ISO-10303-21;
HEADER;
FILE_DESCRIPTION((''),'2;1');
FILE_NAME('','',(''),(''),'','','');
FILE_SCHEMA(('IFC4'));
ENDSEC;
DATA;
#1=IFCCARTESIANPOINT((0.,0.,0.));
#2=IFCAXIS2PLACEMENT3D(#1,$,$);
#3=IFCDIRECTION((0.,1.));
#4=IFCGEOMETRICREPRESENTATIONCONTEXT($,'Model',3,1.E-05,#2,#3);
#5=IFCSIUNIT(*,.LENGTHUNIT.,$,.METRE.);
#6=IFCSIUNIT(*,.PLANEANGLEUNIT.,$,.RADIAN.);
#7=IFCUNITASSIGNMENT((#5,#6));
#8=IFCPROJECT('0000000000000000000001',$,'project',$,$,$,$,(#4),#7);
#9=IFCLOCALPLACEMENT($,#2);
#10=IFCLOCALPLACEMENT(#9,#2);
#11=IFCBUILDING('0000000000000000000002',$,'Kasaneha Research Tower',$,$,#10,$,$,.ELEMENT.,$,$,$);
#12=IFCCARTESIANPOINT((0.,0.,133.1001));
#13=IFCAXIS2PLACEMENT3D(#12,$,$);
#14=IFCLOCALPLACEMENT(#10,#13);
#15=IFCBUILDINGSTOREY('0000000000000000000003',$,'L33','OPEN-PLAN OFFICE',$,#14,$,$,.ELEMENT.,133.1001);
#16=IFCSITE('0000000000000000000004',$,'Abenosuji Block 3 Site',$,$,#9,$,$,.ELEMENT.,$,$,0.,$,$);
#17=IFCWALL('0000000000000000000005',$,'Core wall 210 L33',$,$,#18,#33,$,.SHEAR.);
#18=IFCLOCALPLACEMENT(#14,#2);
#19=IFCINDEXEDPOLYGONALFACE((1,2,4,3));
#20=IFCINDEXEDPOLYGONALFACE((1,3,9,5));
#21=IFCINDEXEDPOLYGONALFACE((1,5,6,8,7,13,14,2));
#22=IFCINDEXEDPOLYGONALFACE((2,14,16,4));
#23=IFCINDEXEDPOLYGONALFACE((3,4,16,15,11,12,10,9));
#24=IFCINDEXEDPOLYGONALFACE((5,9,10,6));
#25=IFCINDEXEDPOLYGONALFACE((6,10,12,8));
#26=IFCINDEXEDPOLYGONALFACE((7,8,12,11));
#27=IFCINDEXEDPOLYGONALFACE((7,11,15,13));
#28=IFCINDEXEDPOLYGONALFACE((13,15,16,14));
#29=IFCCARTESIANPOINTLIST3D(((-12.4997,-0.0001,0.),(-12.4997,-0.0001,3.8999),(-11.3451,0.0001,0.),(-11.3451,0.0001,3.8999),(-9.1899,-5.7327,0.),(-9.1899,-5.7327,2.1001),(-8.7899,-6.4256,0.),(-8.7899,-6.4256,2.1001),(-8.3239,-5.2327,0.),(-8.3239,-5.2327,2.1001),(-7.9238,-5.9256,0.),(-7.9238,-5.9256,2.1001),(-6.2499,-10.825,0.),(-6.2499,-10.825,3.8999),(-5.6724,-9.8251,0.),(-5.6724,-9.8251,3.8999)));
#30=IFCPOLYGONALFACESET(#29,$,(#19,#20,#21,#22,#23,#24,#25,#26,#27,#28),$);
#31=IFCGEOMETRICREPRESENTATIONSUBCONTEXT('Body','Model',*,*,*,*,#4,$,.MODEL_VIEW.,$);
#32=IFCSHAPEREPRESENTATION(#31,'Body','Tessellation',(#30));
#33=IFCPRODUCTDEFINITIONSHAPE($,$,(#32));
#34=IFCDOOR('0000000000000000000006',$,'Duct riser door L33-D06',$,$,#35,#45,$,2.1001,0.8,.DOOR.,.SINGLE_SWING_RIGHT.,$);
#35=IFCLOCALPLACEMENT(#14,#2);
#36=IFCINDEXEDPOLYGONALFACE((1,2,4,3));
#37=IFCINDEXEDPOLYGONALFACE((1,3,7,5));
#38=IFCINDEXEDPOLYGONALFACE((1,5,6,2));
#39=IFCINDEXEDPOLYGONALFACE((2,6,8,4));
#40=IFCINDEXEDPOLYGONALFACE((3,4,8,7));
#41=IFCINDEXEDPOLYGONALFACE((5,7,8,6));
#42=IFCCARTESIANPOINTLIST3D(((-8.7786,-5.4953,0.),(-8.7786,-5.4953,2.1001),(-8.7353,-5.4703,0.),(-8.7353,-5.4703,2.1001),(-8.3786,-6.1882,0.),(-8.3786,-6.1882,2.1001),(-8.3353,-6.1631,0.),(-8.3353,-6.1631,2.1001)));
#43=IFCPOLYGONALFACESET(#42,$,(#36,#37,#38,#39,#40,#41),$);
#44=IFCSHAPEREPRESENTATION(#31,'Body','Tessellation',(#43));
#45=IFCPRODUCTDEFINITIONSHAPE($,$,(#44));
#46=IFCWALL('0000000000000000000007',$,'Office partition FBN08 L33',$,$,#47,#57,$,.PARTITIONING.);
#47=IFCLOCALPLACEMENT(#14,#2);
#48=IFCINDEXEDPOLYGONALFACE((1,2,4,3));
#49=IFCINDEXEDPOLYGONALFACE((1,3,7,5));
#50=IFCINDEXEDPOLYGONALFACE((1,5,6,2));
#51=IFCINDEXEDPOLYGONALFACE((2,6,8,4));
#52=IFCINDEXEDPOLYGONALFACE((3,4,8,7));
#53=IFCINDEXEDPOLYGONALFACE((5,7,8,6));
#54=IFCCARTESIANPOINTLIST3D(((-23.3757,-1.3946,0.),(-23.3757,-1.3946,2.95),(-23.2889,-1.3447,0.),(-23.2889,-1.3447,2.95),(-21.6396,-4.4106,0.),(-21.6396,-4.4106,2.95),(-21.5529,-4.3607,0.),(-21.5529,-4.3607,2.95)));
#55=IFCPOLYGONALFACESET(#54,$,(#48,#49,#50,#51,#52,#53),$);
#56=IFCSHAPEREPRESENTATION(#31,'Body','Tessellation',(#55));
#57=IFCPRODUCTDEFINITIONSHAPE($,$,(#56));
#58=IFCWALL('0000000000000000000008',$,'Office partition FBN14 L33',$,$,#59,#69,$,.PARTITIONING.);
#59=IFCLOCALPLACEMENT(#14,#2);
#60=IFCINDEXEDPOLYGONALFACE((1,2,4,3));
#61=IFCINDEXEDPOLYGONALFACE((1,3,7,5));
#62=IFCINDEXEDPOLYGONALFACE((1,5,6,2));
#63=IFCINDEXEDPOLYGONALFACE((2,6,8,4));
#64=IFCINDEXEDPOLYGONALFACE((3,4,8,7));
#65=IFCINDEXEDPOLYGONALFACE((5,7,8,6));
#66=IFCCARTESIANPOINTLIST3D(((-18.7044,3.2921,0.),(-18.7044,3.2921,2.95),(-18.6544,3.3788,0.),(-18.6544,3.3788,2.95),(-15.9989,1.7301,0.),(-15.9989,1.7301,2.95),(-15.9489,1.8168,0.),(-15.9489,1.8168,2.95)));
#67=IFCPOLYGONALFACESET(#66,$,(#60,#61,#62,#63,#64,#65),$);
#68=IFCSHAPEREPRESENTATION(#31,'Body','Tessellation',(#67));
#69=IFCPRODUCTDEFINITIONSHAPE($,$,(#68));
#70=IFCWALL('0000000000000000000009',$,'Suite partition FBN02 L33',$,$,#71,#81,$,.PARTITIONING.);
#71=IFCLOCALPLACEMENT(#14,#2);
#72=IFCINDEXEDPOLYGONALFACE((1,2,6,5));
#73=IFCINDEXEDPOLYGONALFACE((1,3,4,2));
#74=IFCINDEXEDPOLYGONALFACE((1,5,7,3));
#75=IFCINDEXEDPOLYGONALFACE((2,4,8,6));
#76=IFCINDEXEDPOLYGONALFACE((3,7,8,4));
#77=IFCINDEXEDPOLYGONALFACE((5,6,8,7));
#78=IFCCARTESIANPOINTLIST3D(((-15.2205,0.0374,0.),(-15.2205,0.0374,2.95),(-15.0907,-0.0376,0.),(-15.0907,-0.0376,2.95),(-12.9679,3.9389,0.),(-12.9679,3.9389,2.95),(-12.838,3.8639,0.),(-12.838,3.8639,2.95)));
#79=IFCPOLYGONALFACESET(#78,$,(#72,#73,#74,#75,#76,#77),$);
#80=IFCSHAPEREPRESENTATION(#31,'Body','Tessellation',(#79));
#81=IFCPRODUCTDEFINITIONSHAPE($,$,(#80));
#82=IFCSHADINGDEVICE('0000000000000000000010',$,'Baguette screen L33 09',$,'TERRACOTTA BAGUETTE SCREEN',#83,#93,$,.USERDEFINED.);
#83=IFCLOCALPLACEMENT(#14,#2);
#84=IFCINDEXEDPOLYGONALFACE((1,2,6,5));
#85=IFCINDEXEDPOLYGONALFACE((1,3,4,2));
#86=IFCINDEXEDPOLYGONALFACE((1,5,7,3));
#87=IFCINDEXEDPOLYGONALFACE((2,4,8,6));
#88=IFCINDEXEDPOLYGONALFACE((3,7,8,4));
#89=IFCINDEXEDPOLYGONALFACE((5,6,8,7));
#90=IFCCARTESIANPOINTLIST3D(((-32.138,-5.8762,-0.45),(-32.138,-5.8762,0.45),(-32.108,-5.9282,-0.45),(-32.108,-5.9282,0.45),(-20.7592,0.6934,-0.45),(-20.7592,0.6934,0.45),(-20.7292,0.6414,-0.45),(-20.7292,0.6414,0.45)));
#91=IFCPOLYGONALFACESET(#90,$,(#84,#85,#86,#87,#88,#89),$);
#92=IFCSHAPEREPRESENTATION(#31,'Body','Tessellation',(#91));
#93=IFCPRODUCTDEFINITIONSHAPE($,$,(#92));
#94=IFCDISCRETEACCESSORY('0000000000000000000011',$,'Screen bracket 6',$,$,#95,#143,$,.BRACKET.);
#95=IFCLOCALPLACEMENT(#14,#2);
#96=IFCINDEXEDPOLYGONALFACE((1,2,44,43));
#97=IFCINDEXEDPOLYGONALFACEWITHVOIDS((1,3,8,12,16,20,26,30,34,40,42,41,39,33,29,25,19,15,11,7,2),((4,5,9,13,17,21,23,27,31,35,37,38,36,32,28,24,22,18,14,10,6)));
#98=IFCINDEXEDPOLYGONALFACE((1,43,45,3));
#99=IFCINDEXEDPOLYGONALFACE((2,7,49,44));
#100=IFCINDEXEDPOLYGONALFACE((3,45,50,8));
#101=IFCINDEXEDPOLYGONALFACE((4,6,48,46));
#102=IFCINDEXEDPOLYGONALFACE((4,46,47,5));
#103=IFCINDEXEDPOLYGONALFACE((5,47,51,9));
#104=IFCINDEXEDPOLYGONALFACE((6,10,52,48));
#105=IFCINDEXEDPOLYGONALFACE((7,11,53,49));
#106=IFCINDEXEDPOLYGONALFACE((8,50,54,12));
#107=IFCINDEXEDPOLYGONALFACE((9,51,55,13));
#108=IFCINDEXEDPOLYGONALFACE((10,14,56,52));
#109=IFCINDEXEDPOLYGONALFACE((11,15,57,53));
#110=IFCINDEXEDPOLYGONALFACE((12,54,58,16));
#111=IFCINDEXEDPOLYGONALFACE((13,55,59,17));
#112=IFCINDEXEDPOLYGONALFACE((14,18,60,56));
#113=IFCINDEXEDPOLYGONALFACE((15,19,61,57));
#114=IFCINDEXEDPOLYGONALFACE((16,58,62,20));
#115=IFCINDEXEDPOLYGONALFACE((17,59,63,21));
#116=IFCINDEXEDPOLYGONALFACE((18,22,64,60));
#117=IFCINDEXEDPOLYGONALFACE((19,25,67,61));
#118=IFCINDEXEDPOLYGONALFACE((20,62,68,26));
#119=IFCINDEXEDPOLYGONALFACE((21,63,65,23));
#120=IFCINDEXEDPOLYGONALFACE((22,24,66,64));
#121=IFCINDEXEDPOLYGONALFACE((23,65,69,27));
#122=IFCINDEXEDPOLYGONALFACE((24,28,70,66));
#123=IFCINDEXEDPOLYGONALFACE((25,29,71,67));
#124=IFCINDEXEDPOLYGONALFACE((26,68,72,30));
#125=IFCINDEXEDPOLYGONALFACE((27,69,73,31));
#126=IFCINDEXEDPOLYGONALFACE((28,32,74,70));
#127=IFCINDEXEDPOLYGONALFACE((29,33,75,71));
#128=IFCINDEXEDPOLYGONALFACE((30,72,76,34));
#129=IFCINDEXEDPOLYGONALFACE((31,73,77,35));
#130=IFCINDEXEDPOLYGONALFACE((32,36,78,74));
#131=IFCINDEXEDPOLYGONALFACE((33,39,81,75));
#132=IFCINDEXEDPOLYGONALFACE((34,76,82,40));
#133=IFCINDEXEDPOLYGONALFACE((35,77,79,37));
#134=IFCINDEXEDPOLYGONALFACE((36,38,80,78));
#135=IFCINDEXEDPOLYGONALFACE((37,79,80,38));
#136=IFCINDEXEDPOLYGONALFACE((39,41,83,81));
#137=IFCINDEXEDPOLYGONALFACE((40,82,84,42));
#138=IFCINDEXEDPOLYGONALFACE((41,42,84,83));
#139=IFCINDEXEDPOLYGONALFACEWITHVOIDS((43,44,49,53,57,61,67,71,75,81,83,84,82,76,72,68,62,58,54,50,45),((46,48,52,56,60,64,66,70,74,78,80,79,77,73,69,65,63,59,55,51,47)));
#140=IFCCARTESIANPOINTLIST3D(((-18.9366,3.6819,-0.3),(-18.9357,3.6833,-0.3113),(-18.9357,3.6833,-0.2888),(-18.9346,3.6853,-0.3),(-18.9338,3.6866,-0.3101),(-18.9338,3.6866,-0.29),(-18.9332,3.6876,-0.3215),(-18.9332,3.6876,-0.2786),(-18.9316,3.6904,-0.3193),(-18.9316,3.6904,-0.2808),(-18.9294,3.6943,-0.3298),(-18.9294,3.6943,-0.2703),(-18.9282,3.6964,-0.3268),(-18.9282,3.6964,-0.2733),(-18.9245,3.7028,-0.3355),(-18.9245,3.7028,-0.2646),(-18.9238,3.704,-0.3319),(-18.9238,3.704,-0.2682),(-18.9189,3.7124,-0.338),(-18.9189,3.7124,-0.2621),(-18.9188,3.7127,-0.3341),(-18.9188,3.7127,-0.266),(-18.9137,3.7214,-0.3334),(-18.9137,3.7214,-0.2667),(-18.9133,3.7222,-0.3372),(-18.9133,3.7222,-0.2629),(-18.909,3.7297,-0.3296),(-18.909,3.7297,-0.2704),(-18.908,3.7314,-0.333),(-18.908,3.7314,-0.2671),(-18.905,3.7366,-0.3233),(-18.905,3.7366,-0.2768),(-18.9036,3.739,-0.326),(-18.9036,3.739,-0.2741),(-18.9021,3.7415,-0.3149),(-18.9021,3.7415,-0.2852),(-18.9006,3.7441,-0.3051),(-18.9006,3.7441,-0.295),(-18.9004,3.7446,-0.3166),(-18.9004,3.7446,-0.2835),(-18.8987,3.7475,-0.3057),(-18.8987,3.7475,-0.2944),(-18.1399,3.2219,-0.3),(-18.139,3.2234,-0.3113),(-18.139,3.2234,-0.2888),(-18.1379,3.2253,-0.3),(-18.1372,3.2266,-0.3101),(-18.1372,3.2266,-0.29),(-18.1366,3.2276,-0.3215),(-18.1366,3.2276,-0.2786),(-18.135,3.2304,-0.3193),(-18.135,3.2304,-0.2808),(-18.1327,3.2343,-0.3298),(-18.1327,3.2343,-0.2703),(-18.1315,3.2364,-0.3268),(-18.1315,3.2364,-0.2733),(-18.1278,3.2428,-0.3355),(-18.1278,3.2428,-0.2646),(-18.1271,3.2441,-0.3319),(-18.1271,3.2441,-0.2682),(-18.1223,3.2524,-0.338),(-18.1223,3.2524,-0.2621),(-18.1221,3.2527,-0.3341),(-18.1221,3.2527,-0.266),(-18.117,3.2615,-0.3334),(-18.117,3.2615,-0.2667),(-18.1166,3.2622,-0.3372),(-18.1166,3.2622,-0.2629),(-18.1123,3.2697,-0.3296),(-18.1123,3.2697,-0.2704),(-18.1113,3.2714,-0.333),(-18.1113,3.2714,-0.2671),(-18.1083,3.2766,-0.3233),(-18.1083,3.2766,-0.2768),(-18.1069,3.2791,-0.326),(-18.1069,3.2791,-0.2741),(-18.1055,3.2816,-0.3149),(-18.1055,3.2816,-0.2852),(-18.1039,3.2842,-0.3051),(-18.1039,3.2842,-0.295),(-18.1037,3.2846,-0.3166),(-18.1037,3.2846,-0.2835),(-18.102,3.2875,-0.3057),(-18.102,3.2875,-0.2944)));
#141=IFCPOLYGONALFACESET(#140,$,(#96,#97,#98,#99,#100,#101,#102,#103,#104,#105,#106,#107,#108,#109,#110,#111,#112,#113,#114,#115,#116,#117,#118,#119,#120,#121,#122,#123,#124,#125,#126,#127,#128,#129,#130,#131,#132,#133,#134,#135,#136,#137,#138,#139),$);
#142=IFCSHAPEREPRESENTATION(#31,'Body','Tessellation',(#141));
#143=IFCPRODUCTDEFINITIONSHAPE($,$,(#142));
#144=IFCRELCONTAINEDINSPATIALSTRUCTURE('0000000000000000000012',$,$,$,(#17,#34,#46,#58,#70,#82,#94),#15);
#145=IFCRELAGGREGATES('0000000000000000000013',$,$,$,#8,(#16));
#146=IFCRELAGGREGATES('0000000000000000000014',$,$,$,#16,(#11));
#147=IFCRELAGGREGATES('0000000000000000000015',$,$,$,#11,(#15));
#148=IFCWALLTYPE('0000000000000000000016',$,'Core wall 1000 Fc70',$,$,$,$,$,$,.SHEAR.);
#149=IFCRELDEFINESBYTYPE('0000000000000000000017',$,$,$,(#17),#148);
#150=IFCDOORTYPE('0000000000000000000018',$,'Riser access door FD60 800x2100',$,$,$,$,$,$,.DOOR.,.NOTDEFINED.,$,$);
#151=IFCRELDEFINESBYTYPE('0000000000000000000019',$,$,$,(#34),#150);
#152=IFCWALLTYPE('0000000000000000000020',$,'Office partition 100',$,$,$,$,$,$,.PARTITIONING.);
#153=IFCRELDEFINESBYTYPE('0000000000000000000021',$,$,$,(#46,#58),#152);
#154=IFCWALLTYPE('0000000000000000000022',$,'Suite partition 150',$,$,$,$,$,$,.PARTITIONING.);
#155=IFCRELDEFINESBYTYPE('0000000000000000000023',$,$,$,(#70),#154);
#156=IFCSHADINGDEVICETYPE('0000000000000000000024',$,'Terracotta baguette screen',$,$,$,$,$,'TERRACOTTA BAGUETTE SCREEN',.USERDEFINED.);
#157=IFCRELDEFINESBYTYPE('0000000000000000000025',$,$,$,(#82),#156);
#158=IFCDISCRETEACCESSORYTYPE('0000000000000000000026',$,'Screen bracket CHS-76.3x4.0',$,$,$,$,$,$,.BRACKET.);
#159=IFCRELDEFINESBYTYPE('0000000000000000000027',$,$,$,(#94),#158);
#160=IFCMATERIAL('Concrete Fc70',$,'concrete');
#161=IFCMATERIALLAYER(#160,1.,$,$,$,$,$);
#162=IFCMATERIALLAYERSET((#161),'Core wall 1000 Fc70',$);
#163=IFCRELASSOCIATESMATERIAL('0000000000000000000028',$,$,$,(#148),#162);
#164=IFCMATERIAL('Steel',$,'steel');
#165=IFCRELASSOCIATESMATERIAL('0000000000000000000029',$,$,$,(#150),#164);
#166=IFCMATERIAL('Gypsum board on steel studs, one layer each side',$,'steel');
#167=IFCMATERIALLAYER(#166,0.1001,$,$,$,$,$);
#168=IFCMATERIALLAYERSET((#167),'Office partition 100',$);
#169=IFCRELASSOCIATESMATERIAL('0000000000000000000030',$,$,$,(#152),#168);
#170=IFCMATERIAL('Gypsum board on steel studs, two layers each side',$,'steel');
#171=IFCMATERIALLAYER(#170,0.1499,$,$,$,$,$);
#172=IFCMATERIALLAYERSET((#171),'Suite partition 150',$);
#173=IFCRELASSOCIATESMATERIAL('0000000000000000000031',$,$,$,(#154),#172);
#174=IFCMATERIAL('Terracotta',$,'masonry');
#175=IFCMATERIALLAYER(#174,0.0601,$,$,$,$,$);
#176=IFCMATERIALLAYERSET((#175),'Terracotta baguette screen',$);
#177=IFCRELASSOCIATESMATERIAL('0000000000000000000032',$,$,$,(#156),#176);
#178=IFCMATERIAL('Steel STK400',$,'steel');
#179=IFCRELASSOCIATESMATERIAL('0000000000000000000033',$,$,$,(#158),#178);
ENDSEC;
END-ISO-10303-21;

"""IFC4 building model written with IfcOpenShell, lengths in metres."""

from ifc_helpers import new_model, si_unit, direction, frame, frame_2d, origin, origin_2d, place, context, subcontext, project, spatial, polyline, rectangle, hollow_circle, outline, extrude, material, layer, layer_set, material_profile, profile_set, type_object, element, fill, save


model = new_model("IFC4")

# Units and contexts
model_context = context("Model", 3, precision=1e-05, world=origin(), true_north=direction((0.0, 1.0)))
body_context = subcontext(model_context, "Body", "Model", "MODEL_VIEW")
ifc_project = project(units=[si_unit("LENGTHUNIT", "METRE"), si_unit("PLANEANGLEUNIT", "RADIAN")], contexts=[model_context])

# Site, building, storey
site_placement = place(None, origin())
site = spatial("IfcSite", under=ifc_project, at=site_placement, Name="Abenosuji Block 3 Site", CompositionType="ELEMENT", RefElevation=0.0)
building_placement = place(site_placement, origin())
building = spatial("IfcBuilding", under=site, at=building_placement, Name="Kasaneha Research Tower", CompositionType="ELEMENT")
storey_placement = place(building_placement, frame((0.0, 0.0, 133.1001)))
storey = spatial("IfcBuildingStorey", under=building, at=storey_placement, Name="L33", Description="OPEN-PLAN OFFICE", CompositionType="ELEMENT", Elevation=133.1001)

# Wall, opening, door
ifc_material_1 = material(Name="Concrete Fc70", Category="concrete")
ifc_layer_1 = layer(ifc_material_1, 1.0)
ifc_layer_set_1 = layer_set([ifc_layer_1], Name="Core wall 1000 Fc70")
wall_type_1 = type_object("IfcWallType", Name="Core wall 1000 Fc70", PredefinedType="SHEAR", material=ifc_layer_set_1)
wall_1_placement = place(storey_placement, frame((-11.9224, 0.0, 0.0), z_axis=(0.0, 0.0, 1.0), x_axis=(0.500004, -0.866023, 0.0)))
wall_1 = element("IfcWall", 1, at=wall_1_placement, inside=storey, type_object=wall_type_1, Name="Core wall 210 L33", PredefinedType="SHEAR", context=body_context, shape_type="SweptSolid", body=[
    extrude(outline(polyline([(-0.2886, -0.5), (6.3311, -0.5), (7.1311, -0.5), (12.2109, -0.5), (11.6338, 0.5), (7.1311, 0.5), (6.3311, 0.5), (0.2886, 0.5), (-0.2886, -0.5)])), origin(), (0.0, 0.0, 1.0), 3.8999),
])
opening_placement = place(wall_1_placement, frame((6.3311, 0.0, 0.0)))
opening = element("IfcOpeningElement", 2, at=opening_placement, cuts=wall_1, PredefinedType="OPENING", context=body_context, shape_type="SweptSolid", body=[
    extrude(rectangle(XDim=0.8, YDim=2.1001, at=frame_2d((0.3999, 1.05))), frame((0.0, 0.51, 0.0), z_axis=(0.0, -1.0, 0.0), x_axis=(1.0, 0.0, 0.0)), (0.0, 0.0, 1.0), 1.02),
])
ifc_material_2 = material(Name="Steel", Category="steel")
door_type = type_object("IfcDoorType", Name="Riser access door FD60 800x2100", OperationType="NOTDEFINED", PredefinedType="DOOR", material=ifc_material_2)
door_placement = place(opening_placement, origin())
door = element("IfcDoor", 3, at=door_placement, inside=storey, type_object=door_type, Name="Duct riser door L33-D06", OperationType="SINGLE_SWING_RIGHT", OverallHeight=2.1001, OverallWidth=0.8, PredefinedType="DOOR", context=body_context, shape_type="SweptSolid", body=[
    extrude(rectangle(XDim=0.8, YDim=2.1001, at=frame_2d((0.3999, 1.05))), frame((0.0, 0.0249, 0.0), z_axis=(0.0, -1.0, 0.0), x_axis=(1.0, 0.0, 0.0)), (0.0, 0.0, 1.0), 0.05),
])
fill(opening, door)

# Walls
ifc_material_3 = material(Name="Gypsum board on steel studs, one layer each side", Category="steel")
ifc_layer_2 = layer(ifc_material_3, 0.1001)
ifc_layer_set_2 = layer_set([ifc_layer_2], Name="Office partition 100")
wall_type_2 = type_object("IfcWallType", Name="Office partition 100", PredefinedType="PARTITIONING", material=ifc_layer_set_2)
wall_2_placement = place(storey_placement, frame((-23.3323, -1.3696, 0.0), z_axis=(0.0, 0.0, 1.0), x_axis=(0.498864, -0.86668, 0.0)))
element("IfcWall", 4, at=wall_2_placement, inside=storey, type_object=wall_type_2, Name="Office partition FBN08 L33", PredefinedType="PARTITIONING", context=body_context, shape_type="SweptSolid", body=[
    extrude(rectangle(XDim=3.48, YDim=0.1001, at=frame_2d((1.74, 0.0))), origin(), (0.0, 0.0, 1.0), 2.95),
])
wall_3_placement = place(storey_placement, frame((-15.9739, 1.7734, 0.0), z_axis=(0.0, 0.0, 1.0), x_axis=(-0.866032, 0.499989, 0.0)))
element("IfcWall", 5, at=wall_3_placement, inside=storey, type_object=wall_type_2, Name="Office partition FBN14 L33", PredefinedType="PARTITIONING", context=body_context, shape_type="SweptSolid", body=[
    extrude(rectangle(XDim=3.124, YDim=0.1001, at=frame_2d((1.562, 0.0))), origin(), (0.0, 0.0, 1.0), 2.95),
])
ifc_material_4 = material(Name="Gypsum board on steel studs, two layers each side", Category="steel")
ifc_layer_3 = layer(ifc_material_4, 0.1499)
ifc_layer_set_3 = layer_set([ifc_layer_3], Name="Suite partition 150")
wall_type_3 = type_object("IfcWallType", Name="Suite partition 150", PredefinedType="PARTITIONING", material=ifc_layer_set_3)
wall_4_placement = place(storey_placement, frame((-15.1555, 0.0, 0.0), z_axis=(0.0, 0.0, 1.0), x_axis=(0.500015, 0.866017, 0.0)))
element("IfcWall", 6, at=wall_4_placement, inside=storey, type_object=wall_type_3, Name="Suite partition FBN02 L33", PredefinedType="PARTITIONING", context=body_context, shape_type="SweptSolid", body=[
    extrude(rectangle(XDim=4.5051, YDim=0.1499, at=frame_2d((2.2524, 0.0))), origin(), (0.0, 0.0, 1.0), 2.95),
])

# Shading device
ifc_material_5 = material(Name="Terracotta", Category="masonry")
ifc_layer_4 = layer(ifc_material_5, 0.0601)
ifc_layer_set_4 = layer_set([ifc_layer_4], Name="Terracotta baguette screen")
shading_device_type = type_object("IfcShadingDeviceType", Name="Terracotta baguette screen", ElementType="TERRACOTTA BAGUETTE SCREEN", PredefinedType="USERDEFINED", material=ifc_layer_set_4)
shading_device_placement = place(storey_placement, frame((-26.4336, -2.6174, -0.45), z_axis=(0.0, 0.0, 1.0), x_axis=(-0.866025, -0.5, 0.0)))
element("IfcShadingDevice", 7, at=shading_device_placement, inside=storey, type_object=shading_device_type, Name="Baguette screen L33 09", ObjectType="TERRACOTTA BAGUETTE SCREEN", PredefinedType="USERDEFINED", context=body_context, shape_type="SweptSolid", body=[
    extrude(rectangle(XDim=13.1392, YDim=0.0601, at=origin_2d()), origin(), (0.0, 0.0, 1.0), 0.8999),
])

# Discrete accessory
ifc_material_6 = material(Name="Steel STK400", Category="steel")
ifc_material_profile_1 = material_profile(ifc_material_6, hollow_circle(Radius=0.0381, WallThickness=0.0039, at=origin_2d()), Name="CHS-76.3x4.0")
ifc_profile_set_1 = profile_set([ifc_material_profile_1], Name="Steel STK400")
discrete_accessory_type = type_object("IfcDiscreteAccessoryType", Name="Screen bracket CHS-76.3x4.0", PredefinedType="BRACKET", material=ifc_profile_set_1)
for number, where, z_axis, x_axis, name in (
    (8, (-18.1208, 3.2549, -0.3), (-0.866013, 0.500021, 0.0), (-0.500021, -0.866013, 0.0), "Screen bracket 6"),
):
    element("IfcDiscreteAccessory", number, at=place(storey_placement, frame(where, z_axis=z_axis, x_axis=x_axis)), inside=storey, type_object=discrete_accessory_type, Name=name, PredefinedType="BRACKET", context=body_context, shape_type="SweptSolid", body=[
        extrude(hollow_circle(Radius=0.0381, WallThickness=0.0039, at=origin_2d()), origin(), (0.0, 0.0, 1.0), 0.9199),
    ])

save(model, "model.ifc")
